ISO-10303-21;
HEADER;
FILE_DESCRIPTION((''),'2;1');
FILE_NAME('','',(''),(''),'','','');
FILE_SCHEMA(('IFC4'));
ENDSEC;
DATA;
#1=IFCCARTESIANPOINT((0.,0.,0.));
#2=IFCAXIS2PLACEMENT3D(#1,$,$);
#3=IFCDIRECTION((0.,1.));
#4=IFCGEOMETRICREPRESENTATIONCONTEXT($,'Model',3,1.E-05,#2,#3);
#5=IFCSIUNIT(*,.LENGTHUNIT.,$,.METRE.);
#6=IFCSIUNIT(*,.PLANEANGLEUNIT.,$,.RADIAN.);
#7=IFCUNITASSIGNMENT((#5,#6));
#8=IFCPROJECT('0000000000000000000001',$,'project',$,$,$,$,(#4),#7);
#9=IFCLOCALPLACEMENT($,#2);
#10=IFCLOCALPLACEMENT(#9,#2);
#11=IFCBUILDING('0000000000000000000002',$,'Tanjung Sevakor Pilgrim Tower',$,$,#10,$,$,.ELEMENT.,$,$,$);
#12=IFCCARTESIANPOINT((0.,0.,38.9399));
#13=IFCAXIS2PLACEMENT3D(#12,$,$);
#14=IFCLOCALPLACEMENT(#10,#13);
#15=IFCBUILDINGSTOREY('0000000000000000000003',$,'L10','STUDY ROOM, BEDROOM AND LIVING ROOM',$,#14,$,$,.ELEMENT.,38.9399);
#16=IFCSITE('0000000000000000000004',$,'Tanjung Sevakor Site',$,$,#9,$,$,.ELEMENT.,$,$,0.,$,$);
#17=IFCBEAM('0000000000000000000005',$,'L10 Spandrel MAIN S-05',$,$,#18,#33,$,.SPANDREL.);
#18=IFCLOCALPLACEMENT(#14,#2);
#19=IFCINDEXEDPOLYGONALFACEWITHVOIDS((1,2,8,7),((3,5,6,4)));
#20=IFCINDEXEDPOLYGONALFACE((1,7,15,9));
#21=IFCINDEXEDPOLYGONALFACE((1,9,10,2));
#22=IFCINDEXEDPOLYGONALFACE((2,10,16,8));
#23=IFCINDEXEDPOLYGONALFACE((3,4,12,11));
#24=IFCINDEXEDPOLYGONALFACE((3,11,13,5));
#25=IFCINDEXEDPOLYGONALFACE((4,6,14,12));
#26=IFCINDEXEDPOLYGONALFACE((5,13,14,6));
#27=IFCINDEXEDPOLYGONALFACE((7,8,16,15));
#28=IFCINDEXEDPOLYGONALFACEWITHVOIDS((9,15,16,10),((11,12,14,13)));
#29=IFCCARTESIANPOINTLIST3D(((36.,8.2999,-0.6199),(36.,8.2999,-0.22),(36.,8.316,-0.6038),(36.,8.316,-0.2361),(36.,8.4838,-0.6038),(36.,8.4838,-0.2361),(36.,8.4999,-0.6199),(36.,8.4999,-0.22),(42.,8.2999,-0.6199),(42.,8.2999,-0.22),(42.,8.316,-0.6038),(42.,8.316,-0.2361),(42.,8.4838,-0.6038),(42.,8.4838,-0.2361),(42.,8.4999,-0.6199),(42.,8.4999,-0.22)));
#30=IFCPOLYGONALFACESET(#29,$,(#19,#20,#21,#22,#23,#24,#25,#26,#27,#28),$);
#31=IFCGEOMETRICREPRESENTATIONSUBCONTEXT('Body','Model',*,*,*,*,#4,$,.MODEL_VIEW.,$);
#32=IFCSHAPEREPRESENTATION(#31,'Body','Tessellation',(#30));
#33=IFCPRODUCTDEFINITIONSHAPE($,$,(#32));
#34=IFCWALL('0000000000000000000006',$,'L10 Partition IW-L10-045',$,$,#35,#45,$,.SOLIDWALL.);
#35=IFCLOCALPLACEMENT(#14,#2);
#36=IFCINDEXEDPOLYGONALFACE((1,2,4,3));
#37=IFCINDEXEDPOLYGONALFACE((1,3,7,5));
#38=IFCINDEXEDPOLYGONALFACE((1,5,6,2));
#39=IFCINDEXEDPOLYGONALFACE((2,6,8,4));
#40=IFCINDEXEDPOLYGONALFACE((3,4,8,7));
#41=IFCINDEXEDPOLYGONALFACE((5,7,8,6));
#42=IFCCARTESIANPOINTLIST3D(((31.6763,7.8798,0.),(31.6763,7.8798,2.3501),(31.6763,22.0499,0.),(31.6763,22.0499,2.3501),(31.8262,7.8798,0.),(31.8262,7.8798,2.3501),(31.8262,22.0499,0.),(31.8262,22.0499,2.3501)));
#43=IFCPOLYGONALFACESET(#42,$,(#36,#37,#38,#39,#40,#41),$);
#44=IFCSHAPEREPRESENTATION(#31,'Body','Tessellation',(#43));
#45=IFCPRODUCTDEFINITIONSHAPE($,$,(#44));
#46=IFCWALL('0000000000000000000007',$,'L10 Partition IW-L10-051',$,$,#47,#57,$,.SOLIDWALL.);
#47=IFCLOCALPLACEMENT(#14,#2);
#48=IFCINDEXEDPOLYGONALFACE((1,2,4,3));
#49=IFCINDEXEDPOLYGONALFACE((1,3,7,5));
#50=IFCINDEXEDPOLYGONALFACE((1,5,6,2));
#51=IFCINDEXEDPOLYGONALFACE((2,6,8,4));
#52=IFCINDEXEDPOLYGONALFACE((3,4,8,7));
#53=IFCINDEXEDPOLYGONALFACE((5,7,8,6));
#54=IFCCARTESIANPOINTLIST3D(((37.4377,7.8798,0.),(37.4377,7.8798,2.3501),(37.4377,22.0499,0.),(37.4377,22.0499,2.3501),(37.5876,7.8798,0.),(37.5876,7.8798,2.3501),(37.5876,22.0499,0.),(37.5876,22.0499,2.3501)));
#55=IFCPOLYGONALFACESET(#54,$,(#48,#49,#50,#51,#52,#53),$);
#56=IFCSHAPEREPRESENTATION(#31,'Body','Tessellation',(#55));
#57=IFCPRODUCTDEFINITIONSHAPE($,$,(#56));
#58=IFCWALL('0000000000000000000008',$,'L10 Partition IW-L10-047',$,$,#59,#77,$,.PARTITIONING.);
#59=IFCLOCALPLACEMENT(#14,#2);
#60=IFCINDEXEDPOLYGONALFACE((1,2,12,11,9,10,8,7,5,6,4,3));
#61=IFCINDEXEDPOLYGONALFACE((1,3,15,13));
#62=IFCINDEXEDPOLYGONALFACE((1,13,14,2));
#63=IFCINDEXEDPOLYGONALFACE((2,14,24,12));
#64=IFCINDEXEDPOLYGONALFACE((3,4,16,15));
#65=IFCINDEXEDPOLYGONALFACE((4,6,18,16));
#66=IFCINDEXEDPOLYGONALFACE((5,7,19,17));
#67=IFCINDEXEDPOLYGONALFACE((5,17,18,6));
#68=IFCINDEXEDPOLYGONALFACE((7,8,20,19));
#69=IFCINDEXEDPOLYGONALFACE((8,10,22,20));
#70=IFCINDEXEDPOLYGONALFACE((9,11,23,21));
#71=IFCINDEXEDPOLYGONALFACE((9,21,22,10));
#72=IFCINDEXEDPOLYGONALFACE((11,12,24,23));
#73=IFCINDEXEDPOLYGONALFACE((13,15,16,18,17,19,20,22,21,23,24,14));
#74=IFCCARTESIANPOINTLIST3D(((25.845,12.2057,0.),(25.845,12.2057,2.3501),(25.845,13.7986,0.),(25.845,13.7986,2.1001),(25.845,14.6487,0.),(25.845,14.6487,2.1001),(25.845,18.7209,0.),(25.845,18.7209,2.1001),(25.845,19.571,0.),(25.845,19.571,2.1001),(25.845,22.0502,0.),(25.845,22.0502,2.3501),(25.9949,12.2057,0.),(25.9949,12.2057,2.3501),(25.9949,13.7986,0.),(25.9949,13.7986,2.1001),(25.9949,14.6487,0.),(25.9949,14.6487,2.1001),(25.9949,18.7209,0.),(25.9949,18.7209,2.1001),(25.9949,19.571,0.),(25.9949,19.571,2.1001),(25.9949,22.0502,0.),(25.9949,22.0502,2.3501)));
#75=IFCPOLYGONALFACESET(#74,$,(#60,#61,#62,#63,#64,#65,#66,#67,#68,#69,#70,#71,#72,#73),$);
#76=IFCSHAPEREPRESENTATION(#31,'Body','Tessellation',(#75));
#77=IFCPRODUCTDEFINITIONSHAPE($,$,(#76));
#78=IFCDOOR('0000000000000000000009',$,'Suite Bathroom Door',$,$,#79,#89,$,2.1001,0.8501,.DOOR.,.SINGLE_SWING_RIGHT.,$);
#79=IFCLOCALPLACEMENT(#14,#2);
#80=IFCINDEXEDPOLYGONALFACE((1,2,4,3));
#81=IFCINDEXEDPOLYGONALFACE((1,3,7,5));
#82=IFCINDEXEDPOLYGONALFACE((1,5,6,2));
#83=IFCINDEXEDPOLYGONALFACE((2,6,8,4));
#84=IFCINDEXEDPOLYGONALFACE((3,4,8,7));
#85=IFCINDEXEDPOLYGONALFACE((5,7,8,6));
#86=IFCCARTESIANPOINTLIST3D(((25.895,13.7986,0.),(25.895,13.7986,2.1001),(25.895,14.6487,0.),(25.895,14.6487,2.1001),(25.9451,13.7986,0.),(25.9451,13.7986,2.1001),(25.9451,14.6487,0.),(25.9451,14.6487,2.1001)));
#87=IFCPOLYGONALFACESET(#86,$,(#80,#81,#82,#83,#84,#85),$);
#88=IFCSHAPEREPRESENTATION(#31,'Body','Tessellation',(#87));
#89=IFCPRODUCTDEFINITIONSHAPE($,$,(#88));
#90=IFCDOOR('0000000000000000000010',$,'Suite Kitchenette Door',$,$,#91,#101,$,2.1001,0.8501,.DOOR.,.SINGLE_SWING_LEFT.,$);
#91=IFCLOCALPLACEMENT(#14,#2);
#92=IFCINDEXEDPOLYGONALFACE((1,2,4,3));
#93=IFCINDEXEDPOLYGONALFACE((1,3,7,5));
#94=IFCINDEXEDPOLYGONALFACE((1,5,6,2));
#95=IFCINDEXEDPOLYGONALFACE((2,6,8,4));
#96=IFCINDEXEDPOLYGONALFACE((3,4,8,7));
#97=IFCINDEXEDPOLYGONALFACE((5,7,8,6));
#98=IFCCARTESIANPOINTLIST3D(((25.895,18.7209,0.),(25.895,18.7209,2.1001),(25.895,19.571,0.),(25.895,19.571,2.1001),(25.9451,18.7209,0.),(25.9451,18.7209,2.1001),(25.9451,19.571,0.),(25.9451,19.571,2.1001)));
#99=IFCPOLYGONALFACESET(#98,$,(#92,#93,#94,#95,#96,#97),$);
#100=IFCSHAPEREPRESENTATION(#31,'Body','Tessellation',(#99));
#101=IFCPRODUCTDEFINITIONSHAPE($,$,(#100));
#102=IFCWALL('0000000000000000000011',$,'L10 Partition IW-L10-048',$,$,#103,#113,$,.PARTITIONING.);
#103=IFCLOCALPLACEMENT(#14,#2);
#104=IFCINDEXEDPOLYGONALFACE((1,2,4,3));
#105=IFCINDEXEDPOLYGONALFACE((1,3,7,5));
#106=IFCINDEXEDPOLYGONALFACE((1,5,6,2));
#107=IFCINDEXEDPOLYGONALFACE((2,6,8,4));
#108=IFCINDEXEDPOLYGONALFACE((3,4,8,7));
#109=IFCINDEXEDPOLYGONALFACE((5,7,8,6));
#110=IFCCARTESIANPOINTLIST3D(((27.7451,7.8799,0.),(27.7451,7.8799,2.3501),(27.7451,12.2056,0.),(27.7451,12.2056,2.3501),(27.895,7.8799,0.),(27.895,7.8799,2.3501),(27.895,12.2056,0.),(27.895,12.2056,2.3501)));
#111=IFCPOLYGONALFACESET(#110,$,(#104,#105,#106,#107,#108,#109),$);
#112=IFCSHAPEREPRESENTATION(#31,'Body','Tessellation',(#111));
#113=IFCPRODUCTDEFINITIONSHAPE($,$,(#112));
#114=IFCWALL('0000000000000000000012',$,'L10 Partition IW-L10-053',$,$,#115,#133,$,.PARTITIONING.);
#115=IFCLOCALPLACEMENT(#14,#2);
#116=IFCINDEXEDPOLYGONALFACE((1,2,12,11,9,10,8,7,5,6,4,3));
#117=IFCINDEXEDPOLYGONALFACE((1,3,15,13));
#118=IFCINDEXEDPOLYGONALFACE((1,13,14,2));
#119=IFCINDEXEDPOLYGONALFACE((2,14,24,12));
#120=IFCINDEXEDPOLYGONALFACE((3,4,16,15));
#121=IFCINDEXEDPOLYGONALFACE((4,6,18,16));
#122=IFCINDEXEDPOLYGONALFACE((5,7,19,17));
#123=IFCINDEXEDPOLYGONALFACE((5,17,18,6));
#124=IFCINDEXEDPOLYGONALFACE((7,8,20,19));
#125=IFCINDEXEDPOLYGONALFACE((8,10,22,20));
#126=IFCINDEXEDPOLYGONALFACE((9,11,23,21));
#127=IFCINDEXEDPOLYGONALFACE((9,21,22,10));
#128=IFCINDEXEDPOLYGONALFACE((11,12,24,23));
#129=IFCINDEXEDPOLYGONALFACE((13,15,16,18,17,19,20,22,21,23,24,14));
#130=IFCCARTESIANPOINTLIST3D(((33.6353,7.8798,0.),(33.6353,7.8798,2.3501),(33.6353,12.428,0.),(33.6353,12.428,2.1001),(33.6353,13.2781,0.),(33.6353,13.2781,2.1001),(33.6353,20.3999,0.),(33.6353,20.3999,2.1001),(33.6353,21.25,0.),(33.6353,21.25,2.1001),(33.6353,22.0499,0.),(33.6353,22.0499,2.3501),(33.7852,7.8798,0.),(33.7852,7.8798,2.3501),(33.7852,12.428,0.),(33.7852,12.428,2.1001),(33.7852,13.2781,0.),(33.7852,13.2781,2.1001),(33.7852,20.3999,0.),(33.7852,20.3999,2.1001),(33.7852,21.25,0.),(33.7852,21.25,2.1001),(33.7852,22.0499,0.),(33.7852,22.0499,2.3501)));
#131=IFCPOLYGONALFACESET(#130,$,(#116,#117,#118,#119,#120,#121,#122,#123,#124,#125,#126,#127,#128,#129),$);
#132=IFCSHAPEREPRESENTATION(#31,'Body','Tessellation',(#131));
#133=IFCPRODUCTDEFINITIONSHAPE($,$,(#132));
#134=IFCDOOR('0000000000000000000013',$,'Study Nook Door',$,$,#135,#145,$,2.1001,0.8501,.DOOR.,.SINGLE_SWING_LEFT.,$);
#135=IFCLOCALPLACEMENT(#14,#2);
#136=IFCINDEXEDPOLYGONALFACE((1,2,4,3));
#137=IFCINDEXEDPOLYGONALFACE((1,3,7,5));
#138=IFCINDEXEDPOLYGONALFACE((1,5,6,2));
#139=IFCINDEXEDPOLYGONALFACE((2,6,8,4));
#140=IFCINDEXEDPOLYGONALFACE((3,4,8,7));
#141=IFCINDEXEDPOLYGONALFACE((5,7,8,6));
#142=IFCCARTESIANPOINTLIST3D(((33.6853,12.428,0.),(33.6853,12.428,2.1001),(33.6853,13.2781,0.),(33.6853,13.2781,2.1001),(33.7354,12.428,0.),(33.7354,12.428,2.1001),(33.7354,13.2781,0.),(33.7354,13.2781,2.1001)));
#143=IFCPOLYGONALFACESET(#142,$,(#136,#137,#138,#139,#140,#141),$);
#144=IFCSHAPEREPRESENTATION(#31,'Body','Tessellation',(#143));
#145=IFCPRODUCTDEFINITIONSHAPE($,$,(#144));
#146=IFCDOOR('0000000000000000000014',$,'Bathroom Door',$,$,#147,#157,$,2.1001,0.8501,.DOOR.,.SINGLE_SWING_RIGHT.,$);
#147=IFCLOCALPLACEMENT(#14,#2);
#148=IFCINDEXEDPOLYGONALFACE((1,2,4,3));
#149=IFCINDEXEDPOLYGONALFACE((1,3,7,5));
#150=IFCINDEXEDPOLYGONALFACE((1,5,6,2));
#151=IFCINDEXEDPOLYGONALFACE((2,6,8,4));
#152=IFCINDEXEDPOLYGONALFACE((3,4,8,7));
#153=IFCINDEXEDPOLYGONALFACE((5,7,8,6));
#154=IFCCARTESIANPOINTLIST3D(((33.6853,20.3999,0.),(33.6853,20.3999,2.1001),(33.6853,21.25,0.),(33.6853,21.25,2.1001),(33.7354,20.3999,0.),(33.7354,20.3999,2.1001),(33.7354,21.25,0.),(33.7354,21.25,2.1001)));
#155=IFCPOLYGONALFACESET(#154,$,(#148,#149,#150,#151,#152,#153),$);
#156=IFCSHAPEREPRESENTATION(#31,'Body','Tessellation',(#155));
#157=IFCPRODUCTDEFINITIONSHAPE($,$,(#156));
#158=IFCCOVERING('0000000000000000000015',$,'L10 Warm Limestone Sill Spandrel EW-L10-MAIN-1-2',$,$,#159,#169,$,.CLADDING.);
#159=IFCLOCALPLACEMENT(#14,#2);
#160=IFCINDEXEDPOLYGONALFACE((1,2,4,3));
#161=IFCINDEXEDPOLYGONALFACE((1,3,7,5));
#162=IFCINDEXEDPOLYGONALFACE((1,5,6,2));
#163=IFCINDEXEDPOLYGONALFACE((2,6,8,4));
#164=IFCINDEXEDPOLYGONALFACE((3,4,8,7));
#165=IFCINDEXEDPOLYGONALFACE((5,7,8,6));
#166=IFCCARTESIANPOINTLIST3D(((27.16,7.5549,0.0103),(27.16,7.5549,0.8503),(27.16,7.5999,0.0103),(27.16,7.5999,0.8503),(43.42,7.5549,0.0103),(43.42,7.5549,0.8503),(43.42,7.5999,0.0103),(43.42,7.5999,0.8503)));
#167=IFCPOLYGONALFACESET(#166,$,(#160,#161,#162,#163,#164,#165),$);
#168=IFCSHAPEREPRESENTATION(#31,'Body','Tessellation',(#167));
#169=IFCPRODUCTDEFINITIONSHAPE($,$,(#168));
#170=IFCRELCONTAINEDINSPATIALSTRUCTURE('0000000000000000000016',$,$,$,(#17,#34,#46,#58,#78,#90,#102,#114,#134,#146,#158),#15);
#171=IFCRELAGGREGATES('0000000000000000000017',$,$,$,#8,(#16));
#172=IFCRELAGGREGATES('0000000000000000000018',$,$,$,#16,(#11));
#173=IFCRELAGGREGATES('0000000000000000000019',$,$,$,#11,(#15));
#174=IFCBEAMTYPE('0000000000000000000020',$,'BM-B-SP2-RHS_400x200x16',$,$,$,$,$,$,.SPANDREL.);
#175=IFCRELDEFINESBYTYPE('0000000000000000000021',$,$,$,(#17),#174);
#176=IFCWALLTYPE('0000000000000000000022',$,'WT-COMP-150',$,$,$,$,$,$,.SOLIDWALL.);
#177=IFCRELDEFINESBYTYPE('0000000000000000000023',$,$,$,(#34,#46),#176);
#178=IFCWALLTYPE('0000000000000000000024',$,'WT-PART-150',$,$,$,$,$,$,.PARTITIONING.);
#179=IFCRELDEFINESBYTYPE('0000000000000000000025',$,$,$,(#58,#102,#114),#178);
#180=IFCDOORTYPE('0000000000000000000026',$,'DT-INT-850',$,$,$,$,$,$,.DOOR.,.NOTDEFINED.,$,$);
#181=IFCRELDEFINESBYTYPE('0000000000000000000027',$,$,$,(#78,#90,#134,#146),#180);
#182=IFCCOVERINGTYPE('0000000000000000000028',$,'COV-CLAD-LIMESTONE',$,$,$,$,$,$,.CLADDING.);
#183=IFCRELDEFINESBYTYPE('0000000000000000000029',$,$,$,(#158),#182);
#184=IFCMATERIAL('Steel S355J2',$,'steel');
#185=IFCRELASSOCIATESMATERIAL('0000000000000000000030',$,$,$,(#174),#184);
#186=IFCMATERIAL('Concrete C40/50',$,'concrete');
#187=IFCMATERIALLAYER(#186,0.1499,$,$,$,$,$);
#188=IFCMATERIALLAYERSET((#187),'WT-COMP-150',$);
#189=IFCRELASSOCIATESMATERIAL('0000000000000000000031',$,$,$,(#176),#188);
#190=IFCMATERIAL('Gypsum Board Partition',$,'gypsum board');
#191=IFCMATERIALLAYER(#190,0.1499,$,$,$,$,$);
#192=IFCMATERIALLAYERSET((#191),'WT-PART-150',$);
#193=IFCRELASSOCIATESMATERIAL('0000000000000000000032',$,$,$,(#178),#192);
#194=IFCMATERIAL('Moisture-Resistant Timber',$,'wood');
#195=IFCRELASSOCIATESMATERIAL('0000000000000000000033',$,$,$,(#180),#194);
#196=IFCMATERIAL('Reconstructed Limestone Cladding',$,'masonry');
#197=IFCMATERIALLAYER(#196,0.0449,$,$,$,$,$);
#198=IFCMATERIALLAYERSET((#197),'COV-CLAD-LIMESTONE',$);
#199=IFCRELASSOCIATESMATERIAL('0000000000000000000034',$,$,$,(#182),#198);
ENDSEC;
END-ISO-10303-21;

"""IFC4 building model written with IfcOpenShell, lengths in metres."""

from ifc_helpers import new_model, si_unit, direction, frame, frame_2d, origin, origin_2d, place, context, subcontext, project, spatial, rectangle, hollow_rectangle, extrude, material, layer, layer_set, material_profile, profile_set, type_object, element, fill, save


model = new_model("IFC4")

# Units and contexts
model_context = context("Model", 3, precision=1e-05, world=origin(), true_north=direction((0.0, 1.0)))
body_context = subcontext(model_context, "Body", "Model", "MODEL_VIEW")
ifc_project = project(units=[si_unit("LENGTHUNIT", "METRE"), si_unit("PLANEANGLEUNIT", "RADIAN")], contexts=[model_context])

# Site, building, storey
site_placement = place(None, origin())
site = spatial("IfcSite", under=ifc_project, at=site_placement, Name="Tanjung Sevakor Site", CompositionType="ELEMENT", RefElevation=0.0)
building_placement = place(site_placement, origin())
building = spatial("IfcBuilding", under=site, at=building_placement, Name="Tanjung Sevakor Pilgrim Tower", CompositionType="ELEMENT")
storey_placement = place(building_placement, frame((0.0, 0.0, 38.9399)))
storey = spatial("IfcBuildingStorey", under=building, at=storey_placement, Name="L10", Description="STUDY ROOM, BEDROOM AND LIVING ROOM", CompositionType="ELEMENT", Elevation=38.9399)

# Beam
ifc_material_1 = material(Name="Steel S355J2", Category="steel")
ifc_material_profile_1 = material_profile(ifc_material_1, hollow_rectangle(XDim=0.2, YDim=0.3999, WallThickness=0.0161, at=origin_2d()))
ifc_profile_set_1 = profile_set([ifc_material_profile_1], Name="Steel S355J2")
beam_type_1 = type_object("IfcBeamType", Name="BM-B-SP2-RHS_400x200x16", PredefinedType="SPANDREL", material=ifc_profile_set_1)
for number, where, z_axis, x_axis, name in (
    (1, (36.0, 8.3999, -0.4199), (1.0, 0.0, 0.0), (0.0, 1.0, 0.0), "L10 Spandrel MAIN S-05"),
):
    element("IfcBeam", number, at=place(storey_placement, frame(where, z_axis=z_axis, x_axis=x_axis)), inside=storey, type_object=beam_type_1, Name=name, PredefinedType="SPANDREL", context=body_context, shape_type="SweptSolid", body=[
        extrude(hollow_rectangle(XDim=0.2, YDim=0.3999, WallThickness=0.0161, at=origin_2d()), origin(), (0.0, 0.0, 1.0), 6.0),
    ])

# Walls
ifc_material_2 = material(Name="Concrete C40/50", Category="concrete")
ifc_layer_1 = layer(ifc_material_2, 0.1499)
ifc_layer_set_1 = layer_set([ifc_layer_1], Name="WT-COMP-150")
wall_type_1 = type_object("IfcWallType", Name="WT-COMP-150", PredefinedType="SOLIDWALL", material=ifc_layer_set_1)
for number, where, z_axis, x_axis, name in (
    (2, (31.7512, 7.8799, 0.0), (0.0, 0.0, 1.0), (0.0, 1.0, 0.0), "L10 Partition IW-L10-045"),
    (3, (37.5127, 7.8799, 0.0), (0.0, 0.0, 1.0), (0.0, 1.0, 0.0), "L10 Partition IW-L10-051"),
):
    element("IfcWall", number, at=place(storey_placement, frame(where, z_axis=z_axis, x_axis=x_axis)), inside=storey, type_object=wall_type_1, Name=name, PredefinedType="SOLIDWALL", context=body_context, shape_type="SweptSolid", body=[
        extrude(rectangle(XDim=14.1702, YDim=0.1499, at=frame_2d((7.085, 0.0))), origin(), (0.0, 0.0, 1.0), 2.3501),
    ])

# Wall, openings, doors
ifc_material_3 = material(Name="Gypsum Board Partition", Category="gypsum board")
ifc_layer_2 = layer(ifc_material_3, 0.1499)
ifc_layer_set_2 = layer_set([ifc_layer_2], Name="WT-PART-150")
wall_type_2 = type_object("IfcWallType", Name="WT-PART-150", PredefinedType="PARTITIONING", material=ifc_layer_set_2)
wall_1_placement = place(storey_placement, frame((25.9199, 12.2056, 0.0), z_axis=(0.0, 0.0, 1.0), x_axis=(0.0, 1.0, 0.0)))
wall_1 = element("IfcWall", 4, at=wall_1_placement, inside=storey, type_object=wall_type_2, Name="L10 Partition IW-L10-047", PredefinedType="PARTITIONING", context=body_context, shape_type="SweptSolid", body=[
    extrude(rectangle(XDim=9.8445, YDim=0.1499, at=frame_2d((4.9224, 0.0))), origin(), (0.0, 0.0, 1.0), 2.3501),
])
opening_1_placement = place(wall_1_placement, frame((1.593, 0.0, 0.0)))
opening_1 = element("IfcOpeningElement", 5, at=opening_1_placement, cuts=wall_1, PredefinedType="OPENING", context=body_context, shape_type="SweptSolid", body=[
    extrude(rectangle(XDim=0.8501, YDim=2.1001, at=frame_2d((0.425, 1.05))), frame((0.0, 0.085, 0.0), z_axis=(0.0, -1.0, 0.0), x_axis=(1.0, 0.0, 0.0)), (0.0, 0.0, 1.0), 0.1699),
])
opening_2_placement = place(wall_1_placement, frame((6.5154, 0.0, 0.0)))
opening_2 = element("IfcOpeningElement", 6, at=opening_2_placement, cuts=wall_1, PredefinedType="OPENING", context=body_context, shape_type="SweptSolid", body=[
    extrude(rectangle(XDim=0.8501, YDim=2.1001, at=frame_2d((0.425, 1.05))), frame((0.0, 0.085, 0.0), z_axis=(0.0, -1.0, 0.0), x_axis=(1.0, 0.0, 0.0)), (0.0, 0.0, 1.0), 0.1699),
])
ifc_material_4 = material(Name="Moisture-Resistant Timber", Category="wood")
door_type = type_object("IfcDoorType", Name="DT-INT-850", OperationType="NOTDEFINED", PredefinedType="DOOR", material=ifc_material_4)
door_1_placement = place(opening_1_placement, origin())
door_1 = element("IfcDoor", 7, at=door_1_placement, inside=storey, type_object=door_type, Name="Suite Bathroom Door", OperationType="SINGLE_SWING_RIGHT", OverallHeight=2.1001, OverallWidth=0.8501, PredefinedType="DOOR", context=body_context, shape_type="SweptSolid", body=[
    extrude(rectangle(XDim=0.8501, YDim=2.1001, at=frame_2d((0.425, 1.05))), frame((0.0, 0.0249, 0.0), z_axis=(0.0, -1.0, 0.0), x_axis=(1.0, 0.0, 0.0)), (0.0, 0.0, 1.0), 0.05),
])
fill(opening_1, door_1)
door_2_placement = place(opening_2_placement, origin())
door_2 = element("IfcDoor", 8, at=door_2_placement, inside=storey, type_object=door_type, Name="Suite Kitchenette Door", OperationType="SINGLE_SWING_LEFT", OverallHeight=2.1001, OverallWidth=0.8501, PredefinedType="DOOR", context=body_context, shape_type="SweptSolid", body=[
    extrude(rectangle(XDim=0.8501, YDim=2.1001, at=frame_2d((0.425, 1.05))), frame((0.0, 0.0249, 0.0), z_axis=(0.0, -1.0, 0.0), x_axis=(1.0, 0.0, 0.0)), (0.0, 0.0, 1.0), 0.05),
])
fill(opening_2, door_2)

# Wall
wall_2_placement = place(storey_placement, frame((27.8201, 7.8799, 0.0), z_axis=(0.0, 0.0, 1.0), x_axis=(0.0, 1.0, 0.0)))
element("IfcWall", 9, at=wall_2_placement, inside=storey, type_object=wall_type_2, Name="L10 Partition IW-L10-048", PredefinedType="PARTITIONING", context=body_context, shape_type="SweptSolid", body=[
    extrude(rectangle(XDim=4.3257, YDim=0.1499, at=frame_2d((2.1628, 0.0))), origin(), (0.0, 0.0, 1.0), 2.3501),
])

# Wall, openings, doors
wall_3_placement = place(storey_placement, frame((33.7102, 7.8799, 0.0), z_axis=(0.0, 0.0, 1.0), x_axis=(0.0, 1.0, 0.0)))
wall_3 = element("IfcWall", 10, at=wall_3_placement, inside=storey, type_object=wall_type_2, Name="L10 Partition IW-L10-053", PredefinedType="PARTITIONING", context=body_context, shape_type="SweptSolid", body=[
    extrude(rectangle(XDim=14.1702, YDim=0.1499, at=frame_2d((7.085, 0.0))), origin(), (0.0, 0.0, 1.0), 2.3501),
])
opening_3_placement = place(wall_3_placement, frame((4.5481, 0.0, 0.0)))
opening_3 = element("IfcOpeningElement", 11, at=opening_3_placement, cuts=wall_3, PredefinedType="OPENING", context=body_context, shape_type="SweptSolid", body=[
    extrude(rectangle(XDim=0.8501, YDim=2.1001, at=frame_2d((0.425, 1.05))), frame((0.0, 0.085, 0.0), z_axis=(0.0, -1.0, 0.0), x_axis=(1.0, 0.0, 0.0)), (0.0, 0.0, 1.0), 0.1699),
])
opening_4_placement = place(wall_3_placement, frame((12.52, 0.0, 0.0)))
opening_4 = element("IfcOpeningElement", 12, at=opening_4_placement, cuts=wall_3, PredefinedType="OPENING", context=body_context, shape_type="SweptSolid", body=[
    extrude(rectangle(XDim=0.8501, YDim=2.1001, at=frame_2d((0.425, 1.05))), frame((0.0, 0.085, 0.0), z_axis=(0.0, -1.0, 0.0), x_axis=(1.0, 0.0, 0.0)), (0.0, 0.0, 1.0), 0.1699),
])
door_3_placement = place(opening_3_placement, origin())
door_3 = element("IfcDoor", 13, at=door_3_placement, inside=storey, type_object=door_type, Name="Study Nook Door", OperationType="SINGLE_SWING_LEFT", OverallHeight=2.1001, OverallWidth=0.8501, PredefinedType="DOOR", context=body_context, shape_type="SweptSolid", body=[
    extrude(rectangle(XDim=0.8501, YDim=2.1001, at=frame_2d((0.425, 1.05))), frame((0.0, 0.0249, 0.0), z_axis=(0.0, -1.0, 0.0), x_axis=(1.0, 0.0, 0.0)), (0.0, 0.0, 1.0), 0.05),
])
fill(opening_3, door_3)
door_4_placement = place(opening_4_placement, origin())
door_4 = element("IfcDoor", 14, at=door_4_placement, inside=storey, type_object=door_type, Name="Bathroom Door", OperationType="SINGLE_SWING_RIGHT", OverallHeight=2.1001, OverallWidth=0.8501, PredefinedType="DOOR", context=body_context, shape_type="SweptSolid", body=[
    extrude(rectangle(XDim=0.8501, YDim=2.1001, at=frame_2d((0.425, 1.05))), frame((0.0, 0.0249, 0.0), z_axis=(0.0, -1.0, 0.0), x_axis=(1.0, 0.0, 0.0)), (0.0, 0.0, 1.0), 0.05),
])
fill(opening_4, door_4)

# Covering
ifc_material_5 = material(Name="Reconstructed Limestone Cladding", Category="masonry")
ifc_layer_3 = layer(ifc_material_5, 0.0449)
ifc_layer_set_3 = layer_set([ifc_layer_3], Name="COV-CLAD-LIMESTONE")
covering_type = type_object("IfcCoveringType", Name="COV-CLAD-LIMESTONE", PredefinedType="CLADDING", material=ifc_layer_set_3)
covering_placement = place(storey_placement, frame((35.29, 7.5774, 0.0103), z_axis=(0.0, 0.0, 1.0), x_axis=(1.0, 0.0, 0.0)))
element("IfcCovering", 15, at=covering_placement, inside=storey, type_object=covering_type, Name="L10 Warm Limestone Sill Spandrel EW-L10-MAIN-1-2", PredefinedType="CLADDING", context=body_context, shape_type="SweptSolid", body=[
    extrude(rectangle(XDim=16.26, YDim=0.0449, at=origin_2d()), origin(), (0.0, 0.0, 1.0), 0.8401),
])

save(model, "model.ifc")
